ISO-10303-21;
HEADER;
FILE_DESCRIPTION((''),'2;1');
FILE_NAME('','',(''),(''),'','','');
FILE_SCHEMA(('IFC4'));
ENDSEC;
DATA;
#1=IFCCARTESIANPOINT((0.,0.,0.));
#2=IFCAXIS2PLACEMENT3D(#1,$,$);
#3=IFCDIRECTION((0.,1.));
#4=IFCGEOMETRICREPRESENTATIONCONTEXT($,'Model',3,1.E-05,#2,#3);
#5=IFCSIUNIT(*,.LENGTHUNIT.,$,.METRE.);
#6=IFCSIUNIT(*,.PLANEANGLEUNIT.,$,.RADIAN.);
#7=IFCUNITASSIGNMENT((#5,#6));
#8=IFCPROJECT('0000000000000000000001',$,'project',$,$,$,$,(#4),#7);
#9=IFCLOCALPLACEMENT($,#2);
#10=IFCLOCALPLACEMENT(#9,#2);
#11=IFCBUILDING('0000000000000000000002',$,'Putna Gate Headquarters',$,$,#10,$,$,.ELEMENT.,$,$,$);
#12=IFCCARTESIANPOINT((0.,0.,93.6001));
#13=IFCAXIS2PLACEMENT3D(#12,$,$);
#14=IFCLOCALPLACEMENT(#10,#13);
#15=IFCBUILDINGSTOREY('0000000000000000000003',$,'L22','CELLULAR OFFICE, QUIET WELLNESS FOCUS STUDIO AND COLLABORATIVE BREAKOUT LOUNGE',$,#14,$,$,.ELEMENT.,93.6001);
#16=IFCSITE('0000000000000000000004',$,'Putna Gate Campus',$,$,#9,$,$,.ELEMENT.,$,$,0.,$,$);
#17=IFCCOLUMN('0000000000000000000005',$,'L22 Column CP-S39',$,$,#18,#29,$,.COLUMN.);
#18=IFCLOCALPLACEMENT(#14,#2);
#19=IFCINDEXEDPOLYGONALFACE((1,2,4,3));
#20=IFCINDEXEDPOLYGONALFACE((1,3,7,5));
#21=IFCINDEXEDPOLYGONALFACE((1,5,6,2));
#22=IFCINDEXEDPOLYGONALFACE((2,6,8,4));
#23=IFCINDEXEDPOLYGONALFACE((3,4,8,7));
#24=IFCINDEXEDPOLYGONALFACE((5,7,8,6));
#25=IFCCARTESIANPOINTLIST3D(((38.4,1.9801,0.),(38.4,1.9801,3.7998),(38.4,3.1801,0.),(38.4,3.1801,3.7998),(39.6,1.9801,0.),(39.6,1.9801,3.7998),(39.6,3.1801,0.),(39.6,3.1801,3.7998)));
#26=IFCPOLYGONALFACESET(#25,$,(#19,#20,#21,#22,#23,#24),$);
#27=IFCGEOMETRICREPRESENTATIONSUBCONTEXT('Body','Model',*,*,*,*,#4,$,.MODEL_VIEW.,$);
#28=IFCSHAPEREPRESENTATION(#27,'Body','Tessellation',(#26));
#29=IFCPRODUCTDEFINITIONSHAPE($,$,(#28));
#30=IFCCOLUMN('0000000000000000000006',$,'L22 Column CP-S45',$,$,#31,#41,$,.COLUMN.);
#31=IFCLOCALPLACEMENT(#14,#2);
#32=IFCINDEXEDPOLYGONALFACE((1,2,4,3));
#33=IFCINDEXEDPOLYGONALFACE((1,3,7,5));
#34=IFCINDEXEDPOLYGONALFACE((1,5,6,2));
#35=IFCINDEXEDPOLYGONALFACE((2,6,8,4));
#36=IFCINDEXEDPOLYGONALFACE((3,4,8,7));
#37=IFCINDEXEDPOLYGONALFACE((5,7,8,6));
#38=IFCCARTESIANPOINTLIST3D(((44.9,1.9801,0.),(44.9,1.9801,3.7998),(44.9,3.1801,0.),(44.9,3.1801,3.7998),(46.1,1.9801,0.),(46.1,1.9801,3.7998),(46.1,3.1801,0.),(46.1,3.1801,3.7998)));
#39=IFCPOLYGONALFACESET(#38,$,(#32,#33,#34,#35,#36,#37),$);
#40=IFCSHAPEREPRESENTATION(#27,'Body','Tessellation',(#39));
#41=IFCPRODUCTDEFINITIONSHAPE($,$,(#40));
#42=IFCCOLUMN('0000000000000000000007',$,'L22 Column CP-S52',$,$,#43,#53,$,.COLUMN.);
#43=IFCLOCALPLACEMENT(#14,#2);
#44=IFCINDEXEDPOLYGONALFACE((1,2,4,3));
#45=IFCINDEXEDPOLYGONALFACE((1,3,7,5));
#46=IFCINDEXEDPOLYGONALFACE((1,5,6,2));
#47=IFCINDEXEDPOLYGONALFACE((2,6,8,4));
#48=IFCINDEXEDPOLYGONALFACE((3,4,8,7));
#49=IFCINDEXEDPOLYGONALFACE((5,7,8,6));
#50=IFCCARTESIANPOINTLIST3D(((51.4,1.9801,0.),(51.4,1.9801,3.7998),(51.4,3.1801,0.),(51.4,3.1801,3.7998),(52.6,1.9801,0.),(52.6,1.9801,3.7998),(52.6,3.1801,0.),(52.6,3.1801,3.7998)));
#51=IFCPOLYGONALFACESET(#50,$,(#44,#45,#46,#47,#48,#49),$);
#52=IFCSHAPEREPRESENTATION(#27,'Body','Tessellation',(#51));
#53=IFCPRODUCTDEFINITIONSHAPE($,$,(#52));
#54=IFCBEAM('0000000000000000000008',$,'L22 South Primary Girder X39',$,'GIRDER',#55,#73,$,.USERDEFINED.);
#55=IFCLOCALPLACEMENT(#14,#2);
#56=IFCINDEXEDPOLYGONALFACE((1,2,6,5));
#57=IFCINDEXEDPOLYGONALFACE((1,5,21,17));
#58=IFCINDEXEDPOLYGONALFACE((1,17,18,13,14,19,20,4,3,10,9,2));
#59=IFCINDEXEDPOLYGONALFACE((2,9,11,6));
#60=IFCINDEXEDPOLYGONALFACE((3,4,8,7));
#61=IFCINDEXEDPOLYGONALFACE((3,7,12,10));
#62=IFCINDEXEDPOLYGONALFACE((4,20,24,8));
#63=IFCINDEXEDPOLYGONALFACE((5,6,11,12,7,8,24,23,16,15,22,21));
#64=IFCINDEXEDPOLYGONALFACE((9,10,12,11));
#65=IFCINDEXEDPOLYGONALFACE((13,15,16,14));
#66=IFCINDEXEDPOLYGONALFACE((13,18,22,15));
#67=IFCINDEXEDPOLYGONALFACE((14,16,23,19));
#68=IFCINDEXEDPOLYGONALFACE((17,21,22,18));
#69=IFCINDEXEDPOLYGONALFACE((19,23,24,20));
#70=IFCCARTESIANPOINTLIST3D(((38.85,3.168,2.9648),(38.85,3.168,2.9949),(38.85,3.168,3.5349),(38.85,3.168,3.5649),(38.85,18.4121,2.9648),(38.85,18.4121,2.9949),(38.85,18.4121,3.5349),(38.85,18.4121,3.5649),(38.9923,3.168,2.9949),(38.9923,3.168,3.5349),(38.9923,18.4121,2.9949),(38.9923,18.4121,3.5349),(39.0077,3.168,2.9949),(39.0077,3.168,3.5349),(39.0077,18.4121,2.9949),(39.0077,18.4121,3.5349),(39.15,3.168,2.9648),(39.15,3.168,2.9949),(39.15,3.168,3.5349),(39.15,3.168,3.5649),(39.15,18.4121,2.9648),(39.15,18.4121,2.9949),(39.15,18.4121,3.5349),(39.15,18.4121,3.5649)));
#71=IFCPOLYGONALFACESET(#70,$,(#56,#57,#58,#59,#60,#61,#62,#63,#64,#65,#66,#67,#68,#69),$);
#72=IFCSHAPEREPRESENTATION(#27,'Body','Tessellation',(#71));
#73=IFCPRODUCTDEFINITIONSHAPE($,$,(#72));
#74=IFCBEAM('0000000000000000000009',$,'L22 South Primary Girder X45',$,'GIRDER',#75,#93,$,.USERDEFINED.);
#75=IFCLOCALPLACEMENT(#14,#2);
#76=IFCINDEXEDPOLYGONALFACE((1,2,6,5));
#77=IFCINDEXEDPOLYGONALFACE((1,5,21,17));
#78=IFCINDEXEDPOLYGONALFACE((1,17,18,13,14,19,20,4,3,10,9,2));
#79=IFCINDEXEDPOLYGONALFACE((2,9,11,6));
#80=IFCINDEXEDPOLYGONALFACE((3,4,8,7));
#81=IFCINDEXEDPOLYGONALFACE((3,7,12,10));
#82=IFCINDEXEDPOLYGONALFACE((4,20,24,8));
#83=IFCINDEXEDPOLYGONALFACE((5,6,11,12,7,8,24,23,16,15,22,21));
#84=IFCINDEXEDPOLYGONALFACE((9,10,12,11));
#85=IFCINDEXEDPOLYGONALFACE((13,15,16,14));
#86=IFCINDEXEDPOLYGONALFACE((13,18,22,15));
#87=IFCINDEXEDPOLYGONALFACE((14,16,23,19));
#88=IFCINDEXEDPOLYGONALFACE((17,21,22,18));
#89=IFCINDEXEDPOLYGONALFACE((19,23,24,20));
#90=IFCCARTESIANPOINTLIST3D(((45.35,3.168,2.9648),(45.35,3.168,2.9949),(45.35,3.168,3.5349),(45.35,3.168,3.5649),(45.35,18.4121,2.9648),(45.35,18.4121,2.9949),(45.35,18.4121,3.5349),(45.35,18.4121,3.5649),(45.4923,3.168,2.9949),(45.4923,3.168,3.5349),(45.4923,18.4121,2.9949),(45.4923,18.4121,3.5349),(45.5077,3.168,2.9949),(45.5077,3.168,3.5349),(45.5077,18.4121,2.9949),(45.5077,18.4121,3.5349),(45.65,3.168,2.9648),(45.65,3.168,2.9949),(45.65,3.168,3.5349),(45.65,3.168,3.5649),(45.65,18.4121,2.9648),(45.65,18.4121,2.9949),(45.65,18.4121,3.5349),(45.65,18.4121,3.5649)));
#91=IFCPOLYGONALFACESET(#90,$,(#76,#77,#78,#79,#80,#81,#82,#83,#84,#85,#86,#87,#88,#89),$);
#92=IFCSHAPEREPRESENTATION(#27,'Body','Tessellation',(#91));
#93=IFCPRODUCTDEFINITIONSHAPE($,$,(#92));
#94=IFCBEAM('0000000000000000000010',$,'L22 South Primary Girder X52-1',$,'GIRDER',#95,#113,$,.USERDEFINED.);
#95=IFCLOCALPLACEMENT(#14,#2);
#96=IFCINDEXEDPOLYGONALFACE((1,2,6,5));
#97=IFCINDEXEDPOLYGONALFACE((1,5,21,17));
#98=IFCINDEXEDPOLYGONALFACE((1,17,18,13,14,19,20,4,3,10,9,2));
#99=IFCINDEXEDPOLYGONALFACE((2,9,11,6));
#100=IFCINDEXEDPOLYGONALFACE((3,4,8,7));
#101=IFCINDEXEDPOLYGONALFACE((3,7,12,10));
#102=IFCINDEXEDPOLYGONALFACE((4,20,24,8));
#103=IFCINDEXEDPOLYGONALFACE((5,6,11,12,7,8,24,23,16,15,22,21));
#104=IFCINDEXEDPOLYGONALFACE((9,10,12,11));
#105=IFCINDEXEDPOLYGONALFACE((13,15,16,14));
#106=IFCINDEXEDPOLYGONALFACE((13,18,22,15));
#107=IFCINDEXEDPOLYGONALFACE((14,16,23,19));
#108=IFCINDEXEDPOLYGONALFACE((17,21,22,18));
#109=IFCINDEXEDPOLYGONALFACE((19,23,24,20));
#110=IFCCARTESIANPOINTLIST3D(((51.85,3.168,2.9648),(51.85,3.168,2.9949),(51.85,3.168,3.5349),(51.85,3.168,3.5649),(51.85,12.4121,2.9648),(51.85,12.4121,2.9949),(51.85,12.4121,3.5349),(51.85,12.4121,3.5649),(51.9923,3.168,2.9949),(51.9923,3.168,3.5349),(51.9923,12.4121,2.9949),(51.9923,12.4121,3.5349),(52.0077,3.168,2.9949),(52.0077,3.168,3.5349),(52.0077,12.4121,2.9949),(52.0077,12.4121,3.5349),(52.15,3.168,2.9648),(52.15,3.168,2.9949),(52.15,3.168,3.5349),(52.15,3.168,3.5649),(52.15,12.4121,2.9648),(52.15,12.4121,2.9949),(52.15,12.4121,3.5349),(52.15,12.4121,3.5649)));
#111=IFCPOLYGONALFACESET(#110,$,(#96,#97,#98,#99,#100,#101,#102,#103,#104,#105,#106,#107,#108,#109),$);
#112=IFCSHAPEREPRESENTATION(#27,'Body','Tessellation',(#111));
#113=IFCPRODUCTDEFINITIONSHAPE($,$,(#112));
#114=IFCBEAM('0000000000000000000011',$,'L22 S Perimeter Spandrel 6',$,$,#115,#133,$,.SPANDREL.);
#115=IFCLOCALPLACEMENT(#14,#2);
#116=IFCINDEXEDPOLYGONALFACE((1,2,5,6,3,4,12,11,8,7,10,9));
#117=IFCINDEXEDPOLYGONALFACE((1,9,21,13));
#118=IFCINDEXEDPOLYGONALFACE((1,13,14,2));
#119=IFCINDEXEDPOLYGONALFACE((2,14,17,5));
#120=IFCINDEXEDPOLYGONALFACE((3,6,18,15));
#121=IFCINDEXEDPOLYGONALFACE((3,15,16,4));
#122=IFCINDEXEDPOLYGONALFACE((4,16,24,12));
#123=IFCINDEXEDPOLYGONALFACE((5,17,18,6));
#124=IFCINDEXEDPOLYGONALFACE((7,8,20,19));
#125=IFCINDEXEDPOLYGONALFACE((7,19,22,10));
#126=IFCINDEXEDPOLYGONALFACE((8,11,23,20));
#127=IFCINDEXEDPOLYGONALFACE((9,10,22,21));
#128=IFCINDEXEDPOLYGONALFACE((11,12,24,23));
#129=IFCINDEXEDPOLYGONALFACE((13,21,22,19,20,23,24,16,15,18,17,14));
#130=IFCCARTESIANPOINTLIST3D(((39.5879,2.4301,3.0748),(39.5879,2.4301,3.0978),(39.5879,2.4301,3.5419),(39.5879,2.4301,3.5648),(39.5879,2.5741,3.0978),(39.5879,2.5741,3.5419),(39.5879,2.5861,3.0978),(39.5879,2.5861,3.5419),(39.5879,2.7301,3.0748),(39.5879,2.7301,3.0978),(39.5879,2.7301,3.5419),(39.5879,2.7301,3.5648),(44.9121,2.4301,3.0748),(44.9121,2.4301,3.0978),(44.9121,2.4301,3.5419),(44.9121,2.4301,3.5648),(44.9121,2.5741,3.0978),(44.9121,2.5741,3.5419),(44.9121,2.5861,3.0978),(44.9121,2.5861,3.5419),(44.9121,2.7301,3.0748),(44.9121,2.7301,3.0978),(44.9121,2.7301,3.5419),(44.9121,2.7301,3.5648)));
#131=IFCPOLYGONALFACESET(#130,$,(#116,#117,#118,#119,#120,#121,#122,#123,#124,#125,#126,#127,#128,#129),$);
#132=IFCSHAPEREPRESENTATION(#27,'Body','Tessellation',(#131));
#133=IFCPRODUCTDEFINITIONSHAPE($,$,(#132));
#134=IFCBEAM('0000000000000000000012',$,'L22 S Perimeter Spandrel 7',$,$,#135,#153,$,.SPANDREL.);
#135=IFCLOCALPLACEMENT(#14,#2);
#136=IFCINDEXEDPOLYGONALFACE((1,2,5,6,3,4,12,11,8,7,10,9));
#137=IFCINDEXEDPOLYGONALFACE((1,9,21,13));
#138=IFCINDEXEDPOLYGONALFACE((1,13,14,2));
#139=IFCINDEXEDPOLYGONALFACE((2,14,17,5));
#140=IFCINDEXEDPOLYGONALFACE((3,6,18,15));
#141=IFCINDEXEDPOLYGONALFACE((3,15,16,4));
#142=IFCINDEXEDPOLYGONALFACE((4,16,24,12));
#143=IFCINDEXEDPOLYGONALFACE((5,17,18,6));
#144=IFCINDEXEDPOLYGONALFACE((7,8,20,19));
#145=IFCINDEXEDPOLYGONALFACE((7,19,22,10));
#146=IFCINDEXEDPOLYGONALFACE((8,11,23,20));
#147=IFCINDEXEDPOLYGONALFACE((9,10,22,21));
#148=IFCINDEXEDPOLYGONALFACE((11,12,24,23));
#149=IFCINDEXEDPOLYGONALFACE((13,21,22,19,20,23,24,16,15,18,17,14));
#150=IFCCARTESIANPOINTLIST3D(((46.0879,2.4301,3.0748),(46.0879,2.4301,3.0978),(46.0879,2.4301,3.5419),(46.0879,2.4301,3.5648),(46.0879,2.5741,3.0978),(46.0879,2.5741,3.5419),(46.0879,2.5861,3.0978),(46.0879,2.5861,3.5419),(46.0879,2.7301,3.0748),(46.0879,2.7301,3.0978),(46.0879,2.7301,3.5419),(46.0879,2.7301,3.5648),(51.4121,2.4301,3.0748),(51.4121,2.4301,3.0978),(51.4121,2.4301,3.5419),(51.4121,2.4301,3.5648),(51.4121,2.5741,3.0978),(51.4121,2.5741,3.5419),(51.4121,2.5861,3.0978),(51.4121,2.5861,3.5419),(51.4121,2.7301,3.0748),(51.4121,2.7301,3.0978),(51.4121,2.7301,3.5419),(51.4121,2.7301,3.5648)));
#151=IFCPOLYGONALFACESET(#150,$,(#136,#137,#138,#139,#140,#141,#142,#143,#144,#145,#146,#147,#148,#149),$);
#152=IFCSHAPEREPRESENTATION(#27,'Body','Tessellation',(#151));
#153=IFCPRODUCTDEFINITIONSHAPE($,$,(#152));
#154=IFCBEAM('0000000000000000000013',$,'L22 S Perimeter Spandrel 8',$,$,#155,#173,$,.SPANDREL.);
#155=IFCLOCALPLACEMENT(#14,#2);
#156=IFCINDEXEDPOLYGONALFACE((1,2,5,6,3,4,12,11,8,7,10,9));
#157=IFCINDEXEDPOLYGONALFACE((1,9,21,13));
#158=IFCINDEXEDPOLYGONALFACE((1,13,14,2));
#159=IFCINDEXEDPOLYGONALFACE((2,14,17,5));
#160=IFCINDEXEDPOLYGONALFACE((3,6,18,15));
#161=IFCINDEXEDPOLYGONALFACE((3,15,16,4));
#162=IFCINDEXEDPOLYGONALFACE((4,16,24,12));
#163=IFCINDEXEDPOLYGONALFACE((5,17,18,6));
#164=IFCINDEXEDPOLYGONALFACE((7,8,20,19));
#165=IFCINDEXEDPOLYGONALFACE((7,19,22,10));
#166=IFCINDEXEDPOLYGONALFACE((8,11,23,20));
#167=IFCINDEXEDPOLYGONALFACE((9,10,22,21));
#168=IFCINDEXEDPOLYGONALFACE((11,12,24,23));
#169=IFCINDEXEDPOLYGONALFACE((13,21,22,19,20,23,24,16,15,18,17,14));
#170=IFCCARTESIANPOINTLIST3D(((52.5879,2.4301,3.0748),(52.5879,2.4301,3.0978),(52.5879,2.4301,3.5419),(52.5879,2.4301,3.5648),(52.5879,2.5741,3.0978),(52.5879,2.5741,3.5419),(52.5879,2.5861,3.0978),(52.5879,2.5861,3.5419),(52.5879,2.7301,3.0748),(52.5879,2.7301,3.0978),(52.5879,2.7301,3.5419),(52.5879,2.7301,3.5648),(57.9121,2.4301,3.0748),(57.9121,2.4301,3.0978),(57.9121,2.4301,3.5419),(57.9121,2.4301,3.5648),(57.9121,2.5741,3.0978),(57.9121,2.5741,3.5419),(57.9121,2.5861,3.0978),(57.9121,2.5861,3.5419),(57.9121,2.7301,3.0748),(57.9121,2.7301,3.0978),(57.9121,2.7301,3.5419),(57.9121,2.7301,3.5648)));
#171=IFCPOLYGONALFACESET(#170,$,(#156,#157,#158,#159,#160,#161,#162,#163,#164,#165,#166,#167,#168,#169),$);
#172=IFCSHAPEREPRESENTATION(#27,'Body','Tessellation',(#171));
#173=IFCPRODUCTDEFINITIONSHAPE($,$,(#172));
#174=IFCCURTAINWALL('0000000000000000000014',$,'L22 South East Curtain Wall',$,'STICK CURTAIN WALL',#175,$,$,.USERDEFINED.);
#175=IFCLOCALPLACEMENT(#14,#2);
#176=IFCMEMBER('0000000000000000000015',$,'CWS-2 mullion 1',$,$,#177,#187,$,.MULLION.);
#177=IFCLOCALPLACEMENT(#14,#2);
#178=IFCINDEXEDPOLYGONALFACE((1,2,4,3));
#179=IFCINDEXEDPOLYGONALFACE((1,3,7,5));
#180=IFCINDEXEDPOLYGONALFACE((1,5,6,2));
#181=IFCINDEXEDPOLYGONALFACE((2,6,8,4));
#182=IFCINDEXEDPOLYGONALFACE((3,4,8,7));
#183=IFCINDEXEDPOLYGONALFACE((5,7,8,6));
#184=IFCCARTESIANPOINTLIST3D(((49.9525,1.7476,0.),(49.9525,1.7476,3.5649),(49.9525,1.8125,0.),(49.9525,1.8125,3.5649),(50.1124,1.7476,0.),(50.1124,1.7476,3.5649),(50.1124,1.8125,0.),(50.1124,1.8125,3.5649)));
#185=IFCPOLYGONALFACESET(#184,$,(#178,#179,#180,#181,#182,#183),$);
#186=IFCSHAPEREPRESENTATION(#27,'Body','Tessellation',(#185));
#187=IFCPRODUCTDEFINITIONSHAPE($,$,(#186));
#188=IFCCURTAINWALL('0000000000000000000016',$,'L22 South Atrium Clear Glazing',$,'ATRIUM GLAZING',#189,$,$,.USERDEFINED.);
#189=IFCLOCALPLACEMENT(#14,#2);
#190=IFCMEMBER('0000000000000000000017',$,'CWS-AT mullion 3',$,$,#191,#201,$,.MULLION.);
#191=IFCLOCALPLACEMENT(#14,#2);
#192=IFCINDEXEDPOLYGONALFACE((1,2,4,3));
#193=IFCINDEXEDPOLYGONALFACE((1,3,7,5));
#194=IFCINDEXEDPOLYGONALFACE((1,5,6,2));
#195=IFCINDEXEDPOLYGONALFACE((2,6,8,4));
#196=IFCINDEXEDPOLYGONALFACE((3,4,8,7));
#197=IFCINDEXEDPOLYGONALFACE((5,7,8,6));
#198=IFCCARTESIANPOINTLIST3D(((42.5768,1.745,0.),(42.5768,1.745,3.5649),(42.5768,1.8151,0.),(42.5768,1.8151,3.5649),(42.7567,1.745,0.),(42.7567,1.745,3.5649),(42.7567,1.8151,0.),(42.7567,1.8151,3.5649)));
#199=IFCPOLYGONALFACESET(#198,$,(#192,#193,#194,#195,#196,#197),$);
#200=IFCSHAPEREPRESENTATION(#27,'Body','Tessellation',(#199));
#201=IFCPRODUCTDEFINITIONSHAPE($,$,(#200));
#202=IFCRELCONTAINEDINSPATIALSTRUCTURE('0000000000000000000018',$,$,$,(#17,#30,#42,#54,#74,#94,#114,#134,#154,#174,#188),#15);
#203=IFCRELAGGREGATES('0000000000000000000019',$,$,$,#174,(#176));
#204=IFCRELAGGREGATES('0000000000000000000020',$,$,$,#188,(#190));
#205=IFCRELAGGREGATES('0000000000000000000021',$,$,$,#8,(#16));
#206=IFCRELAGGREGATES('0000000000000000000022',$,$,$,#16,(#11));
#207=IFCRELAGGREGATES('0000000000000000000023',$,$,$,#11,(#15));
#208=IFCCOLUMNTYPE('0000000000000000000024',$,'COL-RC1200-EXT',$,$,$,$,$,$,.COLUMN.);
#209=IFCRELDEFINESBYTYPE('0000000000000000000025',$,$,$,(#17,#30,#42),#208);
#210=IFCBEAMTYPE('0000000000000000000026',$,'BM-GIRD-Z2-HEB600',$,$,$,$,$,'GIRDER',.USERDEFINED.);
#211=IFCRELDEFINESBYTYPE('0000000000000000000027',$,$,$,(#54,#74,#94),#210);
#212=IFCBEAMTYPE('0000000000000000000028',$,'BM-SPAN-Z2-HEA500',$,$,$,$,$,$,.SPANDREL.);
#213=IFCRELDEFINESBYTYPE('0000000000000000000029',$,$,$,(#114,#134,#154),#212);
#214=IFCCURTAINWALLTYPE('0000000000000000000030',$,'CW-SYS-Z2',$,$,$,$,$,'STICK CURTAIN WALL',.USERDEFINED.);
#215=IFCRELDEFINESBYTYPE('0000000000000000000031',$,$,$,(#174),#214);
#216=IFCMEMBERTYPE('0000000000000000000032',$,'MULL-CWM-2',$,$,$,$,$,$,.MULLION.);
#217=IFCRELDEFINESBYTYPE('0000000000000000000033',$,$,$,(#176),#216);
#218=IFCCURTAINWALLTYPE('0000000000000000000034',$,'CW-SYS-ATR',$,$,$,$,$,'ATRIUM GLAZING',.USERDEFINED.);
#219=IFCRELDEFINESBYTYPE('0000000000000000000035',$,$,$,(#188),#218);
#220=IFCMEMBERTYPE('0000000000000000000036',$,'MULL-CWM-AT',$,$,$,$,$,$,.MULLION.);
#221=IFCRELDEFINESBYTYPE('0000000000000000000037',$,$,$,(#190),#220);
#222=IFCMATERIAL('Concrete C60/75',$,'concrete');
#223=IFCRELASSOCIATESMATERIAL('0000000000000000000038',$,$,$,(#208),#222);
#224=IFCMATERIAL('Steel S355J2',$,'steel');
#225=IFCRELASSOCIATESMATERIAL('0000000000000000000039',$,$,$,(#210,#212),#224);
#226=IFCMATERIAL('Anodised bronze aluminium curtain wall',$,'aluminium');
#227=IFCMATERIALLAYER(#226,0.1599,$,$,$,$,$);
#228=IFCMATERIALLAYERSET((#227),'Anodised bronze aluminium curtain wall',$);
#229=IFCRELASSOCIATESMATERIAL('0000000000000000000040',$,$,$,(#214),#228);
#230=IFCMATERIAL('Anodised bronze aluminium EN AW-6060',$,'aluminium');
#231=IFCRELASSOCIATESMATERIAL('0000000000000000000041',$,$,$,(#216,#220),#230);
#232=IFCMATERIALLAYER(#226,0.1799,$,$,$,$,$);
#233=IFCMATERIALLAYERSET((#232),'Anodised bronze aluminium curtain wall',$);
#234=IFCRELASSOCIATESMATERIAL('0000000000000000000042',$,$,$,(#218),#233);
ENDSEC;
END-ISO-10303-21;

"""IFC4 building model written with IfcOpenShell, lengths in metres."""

from ifc_helpers import new_model, si_unit, direction, frame, origin, origin_2d, place, context, subcontext, project, spatial, rectangle, i_section, extrude, material, layer, layer_set, material_profile, profile_set, type_object, element, aggregate, save


model = new_model("IFC4")

# Units and contexts
model_context = context("Model", 3, precision=1e-05, world=origin(), true_north=direction((0.0, 1.0)))
body_context = subcontext(model_context, "Body", "Model", "MODEL_VIEW")
ifc_project = project(units=[si_unit("LENGTHUNIT", "METRE"), si_unit("PLANEANGLEUNIT", "RADIAN")], contexts=[model_context])

# Site, building, storey
site_placement = place(None, origin())
site = spatial("IfcSite", under=ifc_project, at=site_placement, Name="Putna Gate Campus", CompositionType="ELEMENT", RefElevation=0.0)
building_placement = place(site_placement, origin())
building = spatial("IfcBuilding", under=site, at=building_placement, Name="Putna Gate Headquarters", CompositionType="ELEMENT")
storey_placement = place(building_placement, frame((0.0, 0.0, 93.6001)))
storey = spatial("IfcBuildingStorey", under=building, at=storey_placement, Name="L22", Description="CELLULAR OFFICE, QUIET WELLNESS FOCUS STUDIO AND COLLABORATIVE BREAKOUT LOUNGE", CompositionType="ELEMENT", Elevation=93.6001)

# Columns
ifc_material_1 = material(Name="Concrete C60/75", Category="concrete")
ifc_material_profile_1 = material_profile(ifc_material_1, rectangle(XDim=1.2, YDim=1.2, at=origin_2d()), Name="Concrete C60/75")
ifc_profile_set_1 = profile_set([ifc_material_profile_1], Name="Concrete C60/75")
column_type = type_object("IfcColumnType", Name="COL-RC1200-EXT", PredefinedType="COLUMN", material=ifc_profile_set_1)
for number, where, z_axis, x_axis, name in (
    (1, (39.0, 2.5801, 0.0), (0.0, 0.0, 1.0), (1.0, 0.0, 0.0), "L22 Column CP-S39"),
    (2, (45.5, 2.5801, 0.0), (0.0, 0.0, 1.0), (1.0, 0.0, 0.0), "L22 Column CP-S45"),
    (3, (52.0, 2.5801, 0.0), (0.0, 0.0, 1.0), (1.0, 0.0, 0.0), "L22 Column CP-S52"),
):
    element("IfcColumn", number, at=place(storey_placement, frame(where, z_axis=z_axis, x_axis=x_axis)), inside=storey, type_object=column_type, Name=name, PredefinedType="COLUMN", context=body_context, shape_type="SweptSolid", body=[
        extrude(rectangle(XDim=1.2, YDim=1.2, at=origin_2d()), origin(), (0.0, 0.0, 1.0), 3.7998),
    ])

# Beams
ifc_material_2 = material(Name="Steel S355J2", Category="steel")
ifc_material_profile_2 = material_profile(ifc_material_2, i_section(OverallWidth=0.3, OverallDepth=0.6001, WebThickness=0.0154, FlangeThickness=0.03, at=origin_2d()), Name="Steel S355J2")
ifc_profile_set_2 = profile_set([ifc_material_profile_2], Name="Steel S355J2")
beam_type_1 = type_object("IfcBeamType", Name="BM-GIRD-Z2-HEB600", ElementType="GIRDER", PredefinedType="USERDEFINED", material=ifc_profile_set_2)
for number, where, z_axis, x_axis, name in (
    (4, (39.0, 3.168, 3.2649), (0.0, 1.0, 0.0), (-1.0, 0.0, 0.0), "L22 South Primary Girder X39"),
    (5, (45.5, 3.168, 3.2649), (0.0, 1.0, 0.0), (-1.0, 0.0, 0.0), "L22 South Primary Girder X45"),
):
    element("IfcBeam", number, at=place(storey_placement, frame(where, z_axis=z_axis, x_axis=x_axis)), inside=storey, type_object=beam_type_1, Name=name, ObjectType="GIRDER", PredefinedType="USERDEFINED", context=body_context, shape_type="SweptSolid", body=[
        extrude(i_section(OverallWidth=0.3, OverallDepth=0.6001, WebThickness=0.0154, FlangeThickness=0.03, at=origin_2d()), origin(), (0.0, 0.0, 1.0), 15.2441),
    ])
beam_placement = place(storey_placement, frame((52.0, 3.168, 3.2649), z_axis=(0.0, 1.0, 0.0), x_axis=(-1.0, 0.0, 0.0)))
element("IfcBeam", 6, at=beam_placement, inside=storey, type_object=beam_type_1, Name="L22 South Primary Girder X52-1", ObjectType="GIRDER", PredefinedType="USERDEFINED", context=body_context, shape_type="SweptSolid", body=[
    extrude(i_section(OverallWidth=0.3, OverallDepth=0.6001, WebThickness=0.0154, FlangeThickness=0.03, at=origin_2d()), origin(), (0.0, 0.0, 1.0), 9.2441),
])
ifc_material_profile_3 = material_profile(ifc_material_2, i_section(OverallWidth=0.3, OverallDepth=0.49, WebThickness=0.012, FlangeThickness=0.0229, at=origin_2d()), Name="Steel S355J2")
ifc_profile_set_3 = profile_set([ifc_material_profile_3], Name="Steel S355J2")
beam_type_2 = type_object("IfcBeamType", Name="BM-SPAN-Z2-HEA500", PredefinedType="SPANDREL", material=ifc_profile_set_3)
for number, where, z_axis, x_axis, name in (
    (7, (39.5879, 2.5801, 3.3198), (1.0, 0.0, 0.0), (0.0, 1.0, 0.0), "L22 S Perimeter Spandrel 6"),
    (8, (46.0879, 2.5801, 3.3198), (1.0, 0.0, 0.0), (0.0, 1.0, 0.0), "L22 S Perimeter Spandrel 7"),
    (9, (52.5879, 2.5801, 3.3198), (1.0, 0.0, 0.0), (0.0, 1.0, 0.0), "L22 S Perimeter Spandrel 8"),
):
    element("IfcBeam", number, at=place(storey_placement, frame(where, z_axis=z_axis, x_axis=x_axis)), inside=storey, type_object=beam_type_2, Name=name, PredefinedType="SPANDREL", context=body_context, shape_type="SweptSolid", body=[
        extrude(i_section(OverallWidth=0.3, OverallDepth=0.49, WebThickness=0.012, FlangeThickness=0.0229, at=origin_2d()), origin(), (0.0, 0.0, 1.0), 5.3242),
    ])

# Curtain wall, member
ifc_material_3 = material(Name="Anodised bronze aluminium curtain wall", Category="aluminium")
ifc_layer_1 = layer(ifc_material_3, 0.1599)
ifc_layer_set_1 = layer_set([ifc_layer_1], Name="Anodised bronze aluminium curtain wall")
curtain_wall_type_1 = type_object("IfcCurtainWallType", Name="CW-SYS-Z2", ElementType="STICK CURTAIN WALL", PredefinedType="USERDEFINED", material=ifc_layer_set_1)
curtain_wall_1_placement = place(storey_placement, origin())
curtain_wall_1 = element("IfcCurtainWall", 10, at=curtain_wall_1_placement, inside=storey, type_object=curtain_wall_type_1, Name="L22 South East Curtain Wall", ObjectType="STICK CURTAIN WALL", PredefinedType="USERDEFINED")
ifc_material_4 = material(Name="Anodised bronze aluminium EN AW-6060", Category="aluminium")
ifc_material_profile_4 = material_profile(ifc_material_4, rectangle(XDim=0.0649, YDim=0.1599, at=origin_2d()), Name="Anodised bronze aluminium EN AW-6060")
ifc_profile_set_4 = profile_set([ifc_material_profile_4], Name="Anodised bronze aluminium EN AW-6060")
member_type_1 = type_object("IfcMemberType", Name="MULL-CWM-2", PredefinedType="MULLION", material=ifc_profile_set_4)
member_1_placement = place(storey_placement, frame((50.0325, 1.78, 0.0), z_axis=(0.0, 0.0, 1.0), x_axis=(0.0, 1.0, 0.0)))
member_1 = element("IfcMember", 11, at=member_1_placement, type_object=member_type_1, Name="CWS-2 mullion 1", PredefinedType="MULLION", context=body_context, shape_type="SweptSolid", body=[
    extrude(rectangle(XDim=0.0649, YDim=0.1599, at=origin_2d()), origin(), (0.0, 0.0, 1.0), 3.5649),
])

# Curtain wall, member
ifc_layer_2 = layer(ifc_material_3, 0.1799)
ifc_layer_set_2 = layer_set([ifc_layer_2], Name="Anodised bronze aluminium curtain wall")
curtain_wall_type_2 = type_object("IfcCurtainWallType", Name="CW-SYS-ATR", ElementType="ATRIUM GLAZING", PredefinedType="USERDEFINED", material=ifc_layer_set_2)
curtain_wall_2_placement = place(storey_placement, origin())
curtain_wall_2 = element("IfcCurtainWall", 12, at=curtain_wall_2_placement, inside=storey, type_object=curtain_wall_type_2, Name="L22 South Atrium Clear Glazing", ObjectType="ATRIUM GLAZING", PredefinedType="USERDEFINED")
ifc_material_profile_5 = material_profile(ifc_material_4, rectangle(XDim=0.0701, YDim=0.1799, at=origin_2d()), Name="Anodised bronze aluminium EN AW-6060")
ifc_profile_set_5 = profile_set([ifc_material_profile_5], Name="Anodised bronze aluminium EN AW-6060")
member_type_2 = type_object("IfcMemberType", Name="MULL-CWM-AT", PredefinedType="MULLION", material=ifc_profile_set_5)
member_2_placement = place(storey_placement, frame((42.6667, 1.78, 0.0), z_axis=(0.0, 0.0, 1.0), x_axis=(0.0, 1.0, 0.0)))
member_2 = element("IfcMember", 13, at=member_2_placement, type_object=member_type_2, Name="CWS-AT mullion 3", PredefinedType="MULLION", context=body_context, shape_type="SweptSolid", body=[
    extrude(rectangle(XDim=0.0701, YDim=0.1799, at=origin_2d()), origin(), (0.0, 0.0, 1.0), 3.5649),
])

aggregate(curtain_wall_1, [member_1])
aggregate(curtain_wall_2, [member_2])

save(model, "model.ifc")
